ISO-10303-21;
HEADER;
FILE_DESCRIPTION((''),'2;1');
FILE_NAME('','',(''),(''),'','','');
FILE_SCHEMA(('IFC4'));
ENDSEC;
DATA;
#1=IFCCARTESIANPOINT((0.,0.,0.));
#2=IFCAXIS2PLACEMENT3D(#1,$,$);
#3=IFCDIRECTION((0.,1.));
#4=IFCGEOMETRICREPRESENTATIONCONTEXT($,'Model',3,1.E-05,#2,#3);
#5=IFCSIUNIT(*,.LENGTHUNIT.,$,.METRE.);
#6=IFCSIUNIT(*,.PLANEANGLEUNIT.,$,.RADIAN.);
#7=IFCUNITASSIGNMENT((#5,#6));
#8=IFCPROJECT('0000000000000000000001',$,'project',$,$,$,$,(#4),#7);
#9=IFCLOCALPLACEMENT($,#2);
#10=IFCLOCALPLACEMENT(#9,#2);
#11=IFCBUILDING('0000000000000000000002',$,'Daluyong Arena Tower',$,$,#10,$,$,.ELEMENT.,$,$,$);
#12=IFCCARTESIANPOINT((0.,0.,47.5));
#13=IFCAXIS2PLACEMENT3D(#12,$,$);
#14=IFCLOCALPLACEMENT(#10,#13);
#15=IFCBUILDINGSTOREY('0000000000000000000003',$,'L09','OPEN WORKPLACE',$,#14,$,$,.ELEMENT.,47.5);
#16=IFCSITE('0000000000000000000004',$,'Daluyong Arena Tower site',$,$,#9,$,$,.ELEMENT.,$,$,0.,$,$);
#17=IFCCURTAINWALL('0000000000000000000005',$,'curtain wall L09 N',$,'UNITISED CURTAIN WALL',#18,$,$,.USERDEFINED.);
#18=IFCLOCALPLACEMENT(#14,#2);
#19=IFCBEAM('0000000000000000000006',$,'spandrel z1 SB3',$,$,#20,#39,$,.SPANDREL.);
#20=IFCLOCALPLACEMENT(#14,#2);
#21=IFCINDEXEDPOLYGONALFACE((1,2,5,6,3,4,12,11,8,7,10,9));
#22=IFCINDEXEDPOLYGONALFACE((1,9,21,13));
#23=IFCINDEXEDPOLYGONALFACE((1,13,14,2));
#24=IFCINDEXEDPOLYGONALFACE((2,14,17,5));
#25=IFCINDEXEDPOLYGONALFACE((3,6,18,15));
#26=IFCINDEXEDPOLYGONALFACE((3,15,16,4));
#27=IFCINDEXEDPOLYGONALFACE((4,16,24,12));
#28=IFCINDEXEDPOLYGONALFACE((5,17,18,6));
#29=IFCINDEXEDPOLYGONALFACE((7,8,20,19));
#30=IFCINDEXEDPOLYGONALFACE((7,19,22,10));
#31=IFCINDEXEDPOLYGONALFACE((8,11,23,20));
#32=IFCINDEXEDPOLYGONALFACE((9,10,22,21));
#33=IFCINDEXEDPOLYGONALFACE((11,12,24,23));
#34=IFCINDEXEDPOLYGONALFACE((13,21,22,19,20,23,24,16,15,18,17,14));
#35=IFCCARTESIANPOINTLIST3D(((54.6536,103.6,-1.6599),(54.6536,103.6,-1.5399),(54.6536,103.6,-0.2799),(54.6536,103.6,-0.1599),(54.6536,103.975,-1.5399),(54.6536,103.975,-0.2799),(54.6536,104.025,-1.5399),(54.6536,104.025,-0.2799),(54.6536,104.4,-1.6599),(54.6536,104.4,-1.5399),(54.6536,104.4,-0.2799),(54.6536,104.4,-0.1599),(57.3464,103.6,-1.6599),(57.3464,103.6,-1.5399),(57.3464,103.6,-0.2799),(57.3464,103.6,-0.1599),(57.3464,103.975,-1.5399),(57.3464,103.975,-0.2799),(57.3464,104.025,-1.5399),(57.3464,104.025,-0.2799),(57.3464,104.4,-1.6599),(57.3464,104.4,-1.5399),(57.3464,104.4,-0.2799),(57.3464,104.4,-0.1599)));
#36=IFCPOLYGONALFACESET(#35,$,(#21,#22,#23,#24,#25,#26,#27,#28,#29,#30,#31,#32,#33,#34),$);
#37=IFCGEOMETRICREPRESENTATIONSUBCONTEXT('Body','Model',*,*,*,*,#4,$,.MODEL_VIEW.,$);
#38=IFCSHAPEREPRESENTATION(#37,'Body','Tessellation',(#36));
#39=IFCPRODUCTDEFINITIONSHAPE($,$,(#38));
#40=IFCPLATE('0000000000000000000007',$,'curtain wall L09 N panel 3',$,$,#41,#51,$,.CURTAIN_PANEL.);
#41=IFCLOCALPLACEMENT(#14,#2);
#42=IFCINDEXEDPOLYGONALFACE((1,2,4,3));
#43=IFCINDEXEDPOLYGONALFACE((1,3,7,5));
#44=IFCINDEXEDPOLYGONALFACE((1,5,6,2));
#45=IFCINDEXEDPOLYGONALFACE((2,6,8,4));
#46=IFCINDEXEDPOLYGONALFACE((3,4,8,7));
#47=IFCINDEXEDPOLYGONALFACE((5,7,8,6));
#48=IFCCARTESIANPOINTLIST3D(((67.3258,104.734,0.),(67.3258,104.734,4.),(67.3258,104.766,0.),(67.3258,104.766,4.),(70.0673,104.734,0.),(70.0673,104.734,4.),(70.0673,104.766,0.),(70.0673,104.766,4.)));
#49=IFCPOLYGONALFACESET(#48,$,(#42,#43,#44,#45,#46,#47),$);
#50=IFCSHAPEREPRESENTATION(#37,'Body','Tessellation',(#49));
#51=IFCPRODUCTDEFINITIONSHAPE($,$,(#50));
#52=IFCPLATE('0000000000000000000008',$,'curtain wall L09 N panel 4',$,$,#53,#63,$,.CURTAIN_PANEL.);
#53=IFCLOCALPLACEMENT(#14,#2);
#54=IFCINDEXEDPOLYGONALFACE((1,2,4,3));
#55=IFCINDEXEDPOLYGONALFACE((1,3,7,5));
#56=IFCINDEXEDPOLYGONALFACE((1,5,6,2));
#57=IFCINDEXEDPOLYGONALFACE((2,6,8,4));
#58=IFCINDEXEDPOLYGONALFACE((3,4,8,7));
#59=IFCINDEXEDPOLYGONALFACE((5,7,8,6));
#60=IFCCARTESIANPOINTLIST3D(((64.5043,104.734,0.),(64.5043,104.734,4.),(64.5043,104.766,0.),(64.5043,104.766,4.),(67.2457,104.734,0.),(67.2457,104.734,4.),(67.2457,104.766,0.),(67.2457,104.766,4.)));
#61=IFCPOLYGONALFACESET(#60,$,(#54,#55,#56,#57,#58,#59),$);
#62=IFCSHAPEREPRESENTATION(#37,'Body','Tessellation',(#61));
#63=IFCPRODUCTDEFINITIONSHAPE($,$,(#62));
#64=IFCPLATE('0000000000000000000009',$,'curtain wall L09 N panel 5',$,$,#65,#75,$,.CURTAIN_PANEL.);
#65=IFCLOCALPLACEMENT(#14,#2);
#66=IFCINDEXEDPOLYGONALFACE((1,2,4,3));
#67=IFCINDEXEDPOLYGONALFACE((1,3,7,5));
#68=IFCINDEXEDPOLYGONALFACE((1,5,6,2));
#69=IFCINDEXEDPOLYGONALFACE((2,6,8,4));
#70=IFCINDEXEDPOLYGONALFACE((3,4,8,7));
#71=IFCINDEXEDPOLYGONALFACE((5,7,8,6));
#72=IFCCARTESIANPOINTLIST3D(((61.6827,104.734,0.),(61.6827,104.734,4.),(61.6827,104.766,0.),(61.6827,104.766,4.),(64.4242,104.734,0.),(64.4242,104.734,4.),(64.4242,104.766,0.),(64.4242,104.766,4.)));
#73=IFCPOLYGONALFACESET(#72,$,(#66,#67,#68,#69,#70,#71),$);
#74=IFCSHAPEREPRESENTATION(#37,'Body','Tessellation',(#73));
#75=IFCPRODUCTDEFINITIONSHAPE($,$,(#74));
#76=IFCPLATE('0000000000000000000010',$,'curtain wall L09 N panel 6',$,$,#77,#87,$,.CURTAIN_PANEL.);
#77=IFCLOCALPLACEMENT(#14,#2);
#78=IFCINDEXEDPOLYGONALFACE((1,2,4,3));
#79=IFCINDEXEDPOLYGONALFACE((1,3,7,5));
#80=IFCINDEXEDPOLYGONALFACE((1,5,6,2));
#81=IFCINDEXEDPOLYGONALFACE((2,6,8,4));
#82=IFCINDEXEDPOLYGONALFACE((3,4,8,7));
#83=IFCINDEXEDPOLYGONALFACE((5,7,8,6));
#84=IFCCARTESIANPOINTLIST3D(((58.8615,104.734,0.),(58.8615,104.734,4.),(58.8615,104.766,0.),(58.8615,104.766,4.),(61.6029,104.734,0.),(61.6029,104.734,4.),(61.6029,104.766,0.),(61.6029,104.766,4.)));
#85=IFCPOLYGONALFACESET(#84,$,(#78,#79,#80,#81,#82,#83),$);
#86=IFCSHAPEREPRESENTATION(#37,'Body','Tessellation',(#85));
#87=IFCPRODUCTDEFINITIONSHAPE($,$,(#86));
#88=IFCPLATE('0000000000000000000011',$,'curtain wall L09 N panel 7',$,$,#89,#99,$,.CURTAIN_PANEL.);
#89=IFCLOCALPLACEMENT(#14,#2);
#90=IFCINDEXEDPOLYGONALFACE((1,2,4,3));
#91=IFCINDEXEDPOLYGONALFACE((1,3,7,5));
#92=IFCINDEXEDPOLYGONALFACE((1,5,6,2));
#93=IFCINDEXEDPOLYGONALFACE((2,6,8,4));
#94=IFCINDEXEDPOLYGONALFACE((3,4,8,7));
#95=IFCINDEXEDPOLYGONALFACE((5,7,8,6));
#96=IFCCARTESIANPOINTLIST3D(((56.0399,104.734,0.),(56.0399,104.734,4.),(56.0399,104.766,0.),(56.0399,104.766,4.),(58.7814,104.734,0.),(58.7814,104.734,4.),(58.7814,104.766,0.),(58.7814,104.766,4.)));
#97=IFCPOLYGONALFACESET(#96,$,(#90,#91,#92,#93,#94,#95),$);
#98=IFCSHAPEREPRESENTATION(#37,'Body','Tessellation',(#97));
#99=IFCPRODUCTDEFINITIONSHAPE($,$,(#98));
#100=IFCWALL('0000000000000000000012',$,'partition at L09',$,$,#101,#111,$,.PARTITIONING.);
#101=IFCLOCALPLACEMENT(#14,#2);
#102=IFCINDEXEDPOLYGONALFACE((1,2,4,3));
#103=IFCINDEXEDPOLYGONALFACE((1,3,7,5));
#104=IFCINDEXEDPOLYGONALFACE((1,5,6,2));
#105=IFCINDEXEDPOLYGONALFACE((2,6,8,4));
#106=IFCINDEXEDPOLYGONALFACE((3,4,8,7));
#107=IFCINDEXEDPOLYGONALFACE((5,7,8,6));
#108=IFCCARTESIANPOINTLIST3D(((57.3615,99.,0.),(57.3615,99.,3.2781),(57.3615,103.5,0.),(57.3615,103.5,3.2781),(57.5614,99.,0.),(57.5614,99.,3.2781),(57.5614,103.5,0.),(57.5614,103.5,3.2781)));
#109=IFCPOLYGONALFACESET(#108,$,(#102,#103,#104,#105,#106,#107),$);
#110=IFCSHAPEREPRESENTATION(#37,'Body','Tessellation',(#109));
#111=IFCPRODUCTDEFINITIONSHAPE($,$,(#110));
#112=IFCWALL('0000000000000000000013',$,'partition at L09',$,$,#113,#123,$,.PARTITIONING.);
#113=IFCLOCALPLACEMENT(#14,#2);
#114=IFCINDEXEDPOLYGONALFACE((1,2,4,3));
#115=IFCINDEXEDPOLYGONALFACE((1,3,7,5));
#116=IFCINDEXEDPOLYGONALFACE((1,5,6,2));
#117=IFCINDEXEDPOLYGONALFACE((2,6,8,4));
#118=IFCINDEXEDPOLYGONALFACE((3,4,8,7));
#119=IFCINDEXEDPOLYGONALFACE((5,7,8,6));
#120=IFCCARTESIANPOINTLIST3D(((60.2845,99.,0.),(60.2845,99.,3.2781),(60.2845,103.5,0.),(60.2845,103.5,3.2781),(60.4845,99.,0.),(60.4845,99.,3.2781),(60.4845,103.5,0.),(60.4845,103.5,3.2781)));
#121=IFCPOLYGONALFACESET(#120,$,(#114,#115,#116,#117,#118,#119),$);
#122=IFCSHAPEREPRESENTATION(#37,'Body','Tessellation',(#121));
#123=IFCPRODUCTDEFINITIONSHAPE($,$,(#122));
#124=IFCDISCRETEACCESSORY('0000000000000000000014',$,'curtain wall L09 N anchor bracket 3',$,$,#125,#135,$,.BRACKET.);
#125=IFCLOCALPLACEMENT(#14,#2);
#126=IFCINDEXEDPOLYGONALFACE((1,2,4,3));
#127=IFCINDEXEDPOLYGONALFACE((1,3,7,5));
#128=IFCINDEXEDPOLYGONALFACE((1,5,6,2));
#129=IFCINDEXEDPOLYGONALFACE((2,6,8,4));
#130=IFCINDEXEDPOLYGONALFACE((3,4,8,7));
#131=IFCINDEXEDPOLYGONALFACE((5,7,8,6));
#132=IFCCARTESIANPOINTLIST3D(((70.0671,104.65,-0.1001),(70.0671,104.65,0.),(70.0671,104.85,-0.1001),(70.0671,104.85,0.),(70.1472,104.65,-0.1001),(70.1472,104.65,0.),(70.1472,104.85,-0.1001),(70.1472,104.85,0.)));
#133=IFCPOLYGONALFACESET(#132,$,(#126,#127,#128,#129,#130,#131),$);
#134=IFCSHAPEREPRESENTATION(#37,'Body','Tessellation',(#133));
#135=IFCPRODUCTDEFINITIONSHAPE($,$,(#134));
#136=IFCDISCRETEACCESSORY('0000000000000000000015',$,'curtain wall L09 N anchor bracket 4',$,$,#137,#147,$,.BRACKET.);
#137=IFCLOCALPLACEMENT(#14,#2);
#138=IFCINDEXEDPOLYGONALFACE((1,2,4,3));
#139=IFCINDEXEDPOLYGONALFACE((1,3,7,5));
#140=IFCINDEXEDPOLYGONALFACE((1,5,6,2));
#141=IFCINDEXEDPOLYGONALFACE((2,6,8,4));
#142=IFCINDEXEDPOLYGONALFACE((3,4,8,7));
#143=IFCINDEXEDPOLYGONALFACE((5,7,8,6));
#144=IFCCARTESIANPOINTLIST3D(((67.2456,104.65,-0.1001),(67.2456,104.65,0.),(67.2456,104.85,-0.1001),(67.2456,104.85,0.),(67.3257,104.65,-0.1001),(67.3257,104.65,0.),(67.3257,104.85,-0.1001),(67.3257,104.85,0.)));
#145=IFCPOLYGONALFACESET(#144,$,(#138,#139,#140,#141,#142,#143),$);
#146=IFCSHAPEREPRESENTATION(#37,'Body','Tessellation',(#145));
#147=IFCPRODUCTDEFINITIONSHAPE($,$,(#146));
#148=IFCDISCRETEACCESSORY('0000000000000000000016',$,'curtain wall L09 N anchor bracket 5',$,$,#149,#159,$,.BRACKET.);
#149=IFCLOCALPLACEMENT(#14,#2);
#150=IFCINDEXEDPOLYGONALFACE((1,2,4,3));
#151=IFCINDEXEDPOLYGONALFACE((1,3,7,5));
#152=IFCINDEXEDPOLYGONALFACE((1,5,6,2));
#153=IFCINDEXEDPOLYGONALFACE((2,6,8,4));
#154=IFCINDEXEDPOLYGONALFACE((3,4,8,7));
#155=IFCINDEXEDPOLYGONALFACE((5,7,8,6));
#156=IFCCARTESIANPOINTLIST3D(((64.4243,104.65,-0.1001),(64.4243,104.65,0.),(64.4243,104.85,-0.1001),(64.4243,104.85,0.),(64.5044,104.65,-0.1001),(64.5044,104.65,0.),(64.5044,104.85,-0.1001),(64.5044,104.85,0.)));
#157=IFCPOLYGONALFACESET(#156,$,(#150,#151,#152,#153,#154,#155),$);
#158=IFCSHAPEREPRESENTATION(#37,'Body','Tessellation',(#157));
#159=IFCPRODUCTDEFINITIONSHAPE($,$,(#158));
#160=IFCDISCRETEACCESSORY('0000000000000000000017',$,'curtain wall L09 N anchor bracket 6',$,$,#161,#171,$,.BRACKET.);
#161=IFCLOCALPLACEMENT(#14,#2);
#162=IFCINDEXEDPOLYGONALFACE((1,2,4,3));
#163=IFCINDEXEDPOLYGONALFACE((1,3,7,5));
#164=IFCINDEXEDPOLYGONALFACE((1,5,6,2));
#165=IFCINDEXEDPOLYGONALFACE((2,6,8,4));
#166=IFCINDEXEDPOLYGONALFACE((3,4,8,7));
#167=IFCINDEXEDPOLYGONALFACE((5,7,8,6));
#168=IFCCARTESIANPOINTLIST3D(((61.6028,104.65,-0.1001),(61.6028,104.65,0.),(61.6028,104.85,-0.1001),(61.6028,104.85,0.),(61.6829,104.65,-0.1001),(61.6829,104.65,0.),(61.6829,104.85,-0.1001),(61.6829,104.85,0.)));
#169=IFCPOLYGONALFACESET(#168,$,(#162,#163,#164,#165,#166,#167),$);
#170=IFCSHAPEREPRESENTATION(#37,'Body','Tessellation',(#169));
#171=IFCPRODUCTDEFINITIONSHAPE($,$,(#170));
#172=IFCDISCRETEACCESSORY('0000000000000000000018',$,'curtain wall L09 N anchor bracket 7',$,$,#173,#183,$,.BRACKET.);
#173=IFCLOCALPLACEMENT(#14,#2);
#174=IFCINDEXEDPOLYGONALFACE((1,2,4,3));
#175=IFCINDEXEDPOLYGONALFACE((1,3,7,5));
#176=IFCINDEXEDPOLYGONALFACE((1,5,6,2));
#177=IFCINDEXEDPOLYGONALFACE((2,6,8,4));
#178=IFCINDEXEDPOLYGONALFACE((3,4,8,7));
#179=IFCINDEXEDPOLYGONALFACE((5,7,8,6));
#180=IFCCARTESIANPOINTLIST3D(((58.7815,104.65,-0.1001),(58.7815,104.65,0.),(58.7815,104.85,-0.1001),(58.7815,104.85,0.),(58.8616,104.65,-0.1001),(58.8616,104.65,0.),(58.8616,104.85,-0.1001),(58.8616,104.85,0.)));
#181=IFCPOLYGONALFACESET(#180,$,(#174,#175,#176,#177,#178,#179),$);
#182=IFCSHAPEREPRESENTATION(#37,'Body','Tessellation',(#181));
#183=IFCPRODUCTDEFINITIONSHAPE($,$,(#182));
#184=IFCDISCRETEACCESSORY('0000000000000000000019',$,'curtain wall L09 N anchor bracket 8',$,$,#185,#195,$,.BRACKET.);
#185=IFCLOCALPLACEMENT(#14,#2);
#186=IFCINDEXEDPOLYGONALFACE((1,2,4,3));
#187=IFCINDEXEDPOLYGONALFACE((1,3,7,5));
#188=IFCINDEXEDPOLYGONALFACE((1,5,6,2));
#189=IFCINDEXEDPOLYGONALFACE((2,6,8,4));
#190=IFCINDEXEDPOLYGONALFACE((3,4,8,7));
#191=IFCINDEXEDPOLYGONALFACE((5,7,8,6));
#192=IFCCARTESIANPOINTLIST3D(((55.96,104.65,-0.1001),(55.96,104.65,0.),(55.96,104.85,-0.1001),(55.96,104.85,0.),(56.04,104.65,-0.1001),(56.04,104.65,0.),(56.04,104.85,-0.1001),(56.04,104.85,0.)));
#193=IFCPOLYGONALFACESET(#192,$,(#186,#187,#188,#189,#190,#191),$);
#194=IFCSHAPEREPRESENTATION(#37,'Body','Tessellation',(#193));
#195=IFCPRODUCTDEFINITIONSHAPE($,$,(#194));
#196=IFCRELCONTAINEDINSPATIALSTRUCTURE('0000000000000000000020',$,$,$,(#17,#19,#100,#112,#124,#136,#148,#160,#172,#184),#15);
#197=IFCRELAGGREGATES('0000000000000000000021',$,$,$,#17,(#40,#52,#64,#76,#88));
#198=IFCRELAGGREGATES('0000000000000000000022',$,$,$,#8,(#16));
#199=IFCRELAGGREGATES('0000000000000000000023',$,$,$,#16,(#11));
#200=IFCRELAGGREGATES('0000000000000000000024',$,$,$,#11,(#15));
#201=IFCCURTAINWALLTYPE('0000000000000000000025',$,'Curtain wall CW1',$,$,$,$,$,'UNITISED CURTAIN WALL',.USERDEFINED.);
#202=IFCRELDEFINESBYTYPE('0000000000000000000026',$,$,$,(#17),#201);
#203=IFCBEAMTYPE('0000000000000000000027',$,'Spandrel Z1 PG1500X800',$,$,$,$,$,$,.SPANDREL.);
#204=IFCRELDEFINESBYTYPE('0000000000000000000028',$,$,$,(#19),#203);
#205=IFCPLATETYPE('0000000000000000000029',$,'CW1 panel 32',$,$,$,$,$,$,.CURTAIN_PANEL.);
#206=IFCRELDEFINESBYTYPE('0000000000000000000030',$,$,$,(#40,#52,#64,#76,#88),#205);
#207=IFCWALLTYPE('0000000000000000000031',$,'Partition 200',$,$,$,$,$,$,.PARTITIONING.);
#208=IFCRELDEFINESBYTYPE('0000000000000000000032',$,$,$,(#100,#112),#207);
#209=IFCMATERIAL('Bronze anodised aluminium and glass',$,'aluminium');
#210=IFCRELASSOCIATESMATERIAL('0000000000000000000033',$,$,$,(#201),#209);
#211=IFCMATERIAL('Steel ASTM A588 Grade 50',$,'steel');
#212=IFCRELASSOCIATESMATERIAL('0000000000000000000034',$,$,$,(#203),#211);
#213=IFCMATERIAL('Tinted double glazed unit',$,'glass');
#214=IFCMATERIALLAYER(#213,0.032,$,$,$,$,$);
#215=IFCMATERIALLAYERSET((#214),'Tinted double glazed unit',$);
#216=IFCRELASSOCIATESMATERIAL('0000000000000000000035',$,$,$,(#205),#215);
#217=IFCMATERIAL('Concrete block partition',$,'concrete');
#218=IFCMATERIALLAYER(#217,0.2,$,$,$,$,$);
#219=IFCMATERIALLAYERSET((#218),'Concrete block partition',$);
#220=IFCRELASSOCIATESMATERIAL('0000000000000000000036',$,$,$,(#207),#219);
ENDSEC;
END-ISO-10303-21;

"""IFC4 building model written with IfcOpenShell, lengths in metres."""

from ifc_helpers import new_model, si_unit, direction, frame, frame_2d, origin, origin_2d, place, context, subcontext, project, spatial, rectangle, i_section, extrude, material, layer, layer_set, material_profile, profile_set, type_object, element, aggregate, save


model = new_model("IFC4")

# Units and contexts
model_context = context("Model", 3, precision=1e-05, world=origin(), true_north=direction((0.0, 1.0)))
body_context = subcontext(model_context, "Body", "Model", "MODEL_VIEW")
ifc_project = project(units=[si_unit("LENGTHUNIT", "METRE"), si_unit("PLANEANGLEUNIT", "RADIAN")], contexts=[model_context])

# Site, building, storey
site_placement = place(None, origin())
site = spatial("IfcSite", under=ifc_project, at=site_placement, Name="Daluyong Arena Tower site", CompositionType="ELEMENT", RefElevation=0.0)
building_placement = place(site_placement, origin())
building = spatial("IfcBuilding", under=site, at=building_placement, Name="Daluyong Arena Tower", CompositionType="ELEMENT")
storey_placement = place(building_placement, frame((0.0, 0.0, 47.5)))
storey = spatial("IfcBuildingStorey", under=building, at=storey_placement, Name="L09", Description="OPEN WORKPLACE", CompositionType="ELEMENT", Elevation=47.5)

# Curtain wall
ifc_material_1 = material(Name="Bronze anodised aluminium and glass", Category="aluminium")
curtain_wall_type = type_object("IfcCurtainWallType", Name="Curtain wall CW1", ElementType="UNITISED CURTAIN WALL", PredefinedType="USERDEFINED", material=ifc_material_1)
curtain_wall_placement = place(storey_placement, origin())
curtain_wall = element("IfcCurtainWall", 1, at=curtain_wall_placement, inside=storey, type_object=curtain_wall_type, Name="curtain wall L09 N", ObjectType="UNITISED CURTAIN WALL", PredefinedType="USERDEFINED")

# Beam
ifc_material_2 = material(Name="Steel ASTM A588 Grade 50", Category="steel")
ifc_material_profile_1 = material_profile(ifc_material_2, i_section(OverallWidth=0.8, OverallDepth=1.5, WebThickness=0.05, FlangeThickness=0.12, at=origin_2d()))
ifc_profile_set_1 = profile_set([ifc_material_profile_1], Name="Steel ASTM A588 Grade 50")
beam_type_1 = type_object("IfcBeamType", Name="Spandrel Z1 PG1500X800", PredefinedType="SPANDREL", material=ifc_profile_set_1)
beam_1_placement = place(storey_placement, frame((57.3464, 104.0, -0.9099), z_axis=(-1.0, 0.0, 0.0), x_axis=(0.0, -1.0, 0.0)))
element("IfcBeam", 2, at=beam_1_placement, inside=storey, type_object=beam_type_1, Name="spandrel z1 SB3", PredefinedType="SPANDREL", context=body_context, shape_type="SweptSolid", body=[
    extrude(i_section(OverallWidth=0.8, OverallDepth=1.5, WebThickness=0.05, FlangeThickness=0.12, at=origin_2d()), origin(), (0.0, 0.0, 1.0), 2.6929),
])

# Plates
ifc_material_3 = material(Name="Tinted double glazed unit", Category="glass")
ifc_layer_1 = layer(ifc_material_3, 0.032)
ifc_layer_set_1 = layer_set([ifc_layer_1], Name="Tinted double glazed unit")
plate_type = type_object("IfcPlateType", Name="CW1 panel 32", PredefinedType="CURTAIN_PANEL", material=ifc_layer_set_1)
plate_1_placement = place(storey_placement, frame((68.6965, 104.75, 0.0), z_axis=(0.0, 0.0, 1.0), x_axis=(-1.0, 0.0, 0.0)))
plate_1 = element("IfcPlate", 3, at=plate_1_placement, type_object=plate_type, Name="curtain wall L09 N panel 3", PredefinedType="CURTAIN_PANEL", context=body_context, shape_type="SweptSolid", body=[
    extrude(rectangle(XDim=2.7415, YDim=0.032, at=origin_2d()), origin(), (0.0, 0.0, 1.0), 4.0),
])
plate_2_placement = place(storey_placement, frame((65.875, 104.75, 0.0), z_axis=(0.0, 0.0, 1.0), x_axis=(-1.0, 0.0, 0.0)))
plate_2 = element("IfcPlate", 4, at=plate_2_placement, type_object=plate_type, Name="curtain wall L09 N panel 4", PredefinedType="CURTAIN_PANEL", context=body_context, shape_type="SweptSolid", body=[
    extrude(rectangle(XDim=2.7415, YDim=0.032, at=origin_2d()), origin(), (0.0, 0.0, 1.0), 4.0),
])
plate_3_placement = place(storey_placement, frame((63.0535, 104.75, 0.0), z_axis=(0.0, 0.0, 1.0), x_axis=(-1.0, 0.0, 0.0)))
plate_3 = element("IfcPlate", 5, at=plate_3_placement, type_object=plate_type, Name="curtain wall L09 N panel 5", PredefinedType="CURTAIN_PANEL", context=body_context, shape_type="SweptSolid", body=[
    extrude(rectangle(XDim=2.7415, YDim=0.032, at=origin_2d()), origin(), (0.0, 0.0, 1.0), 4.0),
])
plate_4_placement = place(storey_placement, frame((60.2322, 104.75, 0.0), z_axis=(0.0, 0.0, 1.0), x_axis=(-1.0, 0.0, 0.0)))
plate_4 = element("IfcPlate", 6, at=plate_4_placement, type_object=plate_type, Name="curtain wall L09 N panel 6", PredefinedType="CURTAIN_PANEL", context=body_context, shape_type="SweptSolid", body=[
    extrude(rectangle(XDim=2.7415, YDim=0.032, at=origin_2d()), origin(), (0.0, 0.0, 1.0), 4.0),
])
plate_5_placement = place(storey_placement, frame((57.4106, 104.75, 0.0), z_axis=(0.0, 0.0, 1.0), x_axis=(-1.0, 0.0, 0.0)))
plate_5 = element("IfcPlate", 7, at=plate_5_placement, type_object=plate_type, Name="curtain wall L09 N panel 7", PredefinedType="CURTAIN_PANEL", context=body_context, shape_type="SweptSolid", body=[
    extrude(rectangle(XDim=2.7415, YDim=0.032, at=origin_2d()), origin(), (0.0, 0.0, 1.0), 4.0),
])
aggregate(curtain_wall, [plate_1, plate_2, plate_3, plate_4, plate_5])

# Walls
ifc_material_4 = material(Name="Concrete block partition", Category="concrete")
ifc_layer_2 = layer(ifc_material_4, 0.2)
ifc_layer_set_2 = layer_set([ifc_layer_2], Name="Concrete block partition")
wall_type = type_object("IfcWallType", Name="Partition 200", PredefinedType="PARTITIONING", material=ifc_layer_set_2)
for number, where, z_axis, x_axis, name in (
    (8, (57.4614, 99.0, 0.0), (0.0, 0.0, 1.0), (0.0, 1.0, 0.0), "partition at L09"),
    (9, (60.3845, 99.0, 0.0), (0.0, 0.0, 1.0), (0.0, 1.0, 0.0), "partition at L09"),
):
    element("IfcWall", number, at=place(storey_placement, frame(where, z_axis=z_axis, x_axis=x_axis)), inside=storey, type_object=wall_type, Name=name, PredefinedType="PARTITIONING", context=body_context, shape_type="SweptSolid", body=[
        extrude(rectangle(XDim=4.5, YDim=0.2, at=frame_2d((2.25, 0.0))), origin(), (0.0, 0.0, 1.0), 3.2781),
    ])

# Discrete accessories
for number, where, z_axis, x_axis, name in (
    (10, (70.1072, 104.75, -0.1001), (0.0, 0.0, 1.0), (-1.0, 0.0, 0.0), "curtain wall L09 N anchor bracket 3"),
    (11, (67.2856, 104.75, -0.1001), (0.0, 0.0, 1.0), (-1.0, 0.0, 0.0), "curtain wall L09 N anchor bracket 4"),
    (12, (64.4644, 104.75, -0.1001), (0.0, 0.0, 1.0), (-1.0, 0.0, 0.0), "curtain wall L09 N anchor bracket 5"),
    (13, (61.6428, 104.75, -0.1001), (0.0, 0.0, 1.0), (-1.0, 0.0, 0.0), "curtain wall L09 N anchor bracket 6"),
    (14, (58.8215, 104.75, -0.1001), (0.0, 0.0, 1.0), (-1.0, 0.0, 0.0), "curtain wall L09 N anchor bracket 7"),
    (15, (56.0, 104.75, -0.1001), (0.0, 0.0, 1.0), (-1.0, 0.0, 0.0), "curtain wall L09 N anchor bracket 8"),
):
    element("IfcDiscreteAccessory", number, at=place(storey_placement, frame(where, z_axis=z_axis, x_axis=x_axis)), inside=storey, Name=name, PredefinedType="BRACKET", context=body_context, shape_type="SweptSolid", body=[
        extrude(rectangle(XDim=0.0801, YDim=0.2, at=origin_2d()), origin(), (0.0, 0.0, 1.0), 0.1001),
    ])

save(model, "model.ifc")
